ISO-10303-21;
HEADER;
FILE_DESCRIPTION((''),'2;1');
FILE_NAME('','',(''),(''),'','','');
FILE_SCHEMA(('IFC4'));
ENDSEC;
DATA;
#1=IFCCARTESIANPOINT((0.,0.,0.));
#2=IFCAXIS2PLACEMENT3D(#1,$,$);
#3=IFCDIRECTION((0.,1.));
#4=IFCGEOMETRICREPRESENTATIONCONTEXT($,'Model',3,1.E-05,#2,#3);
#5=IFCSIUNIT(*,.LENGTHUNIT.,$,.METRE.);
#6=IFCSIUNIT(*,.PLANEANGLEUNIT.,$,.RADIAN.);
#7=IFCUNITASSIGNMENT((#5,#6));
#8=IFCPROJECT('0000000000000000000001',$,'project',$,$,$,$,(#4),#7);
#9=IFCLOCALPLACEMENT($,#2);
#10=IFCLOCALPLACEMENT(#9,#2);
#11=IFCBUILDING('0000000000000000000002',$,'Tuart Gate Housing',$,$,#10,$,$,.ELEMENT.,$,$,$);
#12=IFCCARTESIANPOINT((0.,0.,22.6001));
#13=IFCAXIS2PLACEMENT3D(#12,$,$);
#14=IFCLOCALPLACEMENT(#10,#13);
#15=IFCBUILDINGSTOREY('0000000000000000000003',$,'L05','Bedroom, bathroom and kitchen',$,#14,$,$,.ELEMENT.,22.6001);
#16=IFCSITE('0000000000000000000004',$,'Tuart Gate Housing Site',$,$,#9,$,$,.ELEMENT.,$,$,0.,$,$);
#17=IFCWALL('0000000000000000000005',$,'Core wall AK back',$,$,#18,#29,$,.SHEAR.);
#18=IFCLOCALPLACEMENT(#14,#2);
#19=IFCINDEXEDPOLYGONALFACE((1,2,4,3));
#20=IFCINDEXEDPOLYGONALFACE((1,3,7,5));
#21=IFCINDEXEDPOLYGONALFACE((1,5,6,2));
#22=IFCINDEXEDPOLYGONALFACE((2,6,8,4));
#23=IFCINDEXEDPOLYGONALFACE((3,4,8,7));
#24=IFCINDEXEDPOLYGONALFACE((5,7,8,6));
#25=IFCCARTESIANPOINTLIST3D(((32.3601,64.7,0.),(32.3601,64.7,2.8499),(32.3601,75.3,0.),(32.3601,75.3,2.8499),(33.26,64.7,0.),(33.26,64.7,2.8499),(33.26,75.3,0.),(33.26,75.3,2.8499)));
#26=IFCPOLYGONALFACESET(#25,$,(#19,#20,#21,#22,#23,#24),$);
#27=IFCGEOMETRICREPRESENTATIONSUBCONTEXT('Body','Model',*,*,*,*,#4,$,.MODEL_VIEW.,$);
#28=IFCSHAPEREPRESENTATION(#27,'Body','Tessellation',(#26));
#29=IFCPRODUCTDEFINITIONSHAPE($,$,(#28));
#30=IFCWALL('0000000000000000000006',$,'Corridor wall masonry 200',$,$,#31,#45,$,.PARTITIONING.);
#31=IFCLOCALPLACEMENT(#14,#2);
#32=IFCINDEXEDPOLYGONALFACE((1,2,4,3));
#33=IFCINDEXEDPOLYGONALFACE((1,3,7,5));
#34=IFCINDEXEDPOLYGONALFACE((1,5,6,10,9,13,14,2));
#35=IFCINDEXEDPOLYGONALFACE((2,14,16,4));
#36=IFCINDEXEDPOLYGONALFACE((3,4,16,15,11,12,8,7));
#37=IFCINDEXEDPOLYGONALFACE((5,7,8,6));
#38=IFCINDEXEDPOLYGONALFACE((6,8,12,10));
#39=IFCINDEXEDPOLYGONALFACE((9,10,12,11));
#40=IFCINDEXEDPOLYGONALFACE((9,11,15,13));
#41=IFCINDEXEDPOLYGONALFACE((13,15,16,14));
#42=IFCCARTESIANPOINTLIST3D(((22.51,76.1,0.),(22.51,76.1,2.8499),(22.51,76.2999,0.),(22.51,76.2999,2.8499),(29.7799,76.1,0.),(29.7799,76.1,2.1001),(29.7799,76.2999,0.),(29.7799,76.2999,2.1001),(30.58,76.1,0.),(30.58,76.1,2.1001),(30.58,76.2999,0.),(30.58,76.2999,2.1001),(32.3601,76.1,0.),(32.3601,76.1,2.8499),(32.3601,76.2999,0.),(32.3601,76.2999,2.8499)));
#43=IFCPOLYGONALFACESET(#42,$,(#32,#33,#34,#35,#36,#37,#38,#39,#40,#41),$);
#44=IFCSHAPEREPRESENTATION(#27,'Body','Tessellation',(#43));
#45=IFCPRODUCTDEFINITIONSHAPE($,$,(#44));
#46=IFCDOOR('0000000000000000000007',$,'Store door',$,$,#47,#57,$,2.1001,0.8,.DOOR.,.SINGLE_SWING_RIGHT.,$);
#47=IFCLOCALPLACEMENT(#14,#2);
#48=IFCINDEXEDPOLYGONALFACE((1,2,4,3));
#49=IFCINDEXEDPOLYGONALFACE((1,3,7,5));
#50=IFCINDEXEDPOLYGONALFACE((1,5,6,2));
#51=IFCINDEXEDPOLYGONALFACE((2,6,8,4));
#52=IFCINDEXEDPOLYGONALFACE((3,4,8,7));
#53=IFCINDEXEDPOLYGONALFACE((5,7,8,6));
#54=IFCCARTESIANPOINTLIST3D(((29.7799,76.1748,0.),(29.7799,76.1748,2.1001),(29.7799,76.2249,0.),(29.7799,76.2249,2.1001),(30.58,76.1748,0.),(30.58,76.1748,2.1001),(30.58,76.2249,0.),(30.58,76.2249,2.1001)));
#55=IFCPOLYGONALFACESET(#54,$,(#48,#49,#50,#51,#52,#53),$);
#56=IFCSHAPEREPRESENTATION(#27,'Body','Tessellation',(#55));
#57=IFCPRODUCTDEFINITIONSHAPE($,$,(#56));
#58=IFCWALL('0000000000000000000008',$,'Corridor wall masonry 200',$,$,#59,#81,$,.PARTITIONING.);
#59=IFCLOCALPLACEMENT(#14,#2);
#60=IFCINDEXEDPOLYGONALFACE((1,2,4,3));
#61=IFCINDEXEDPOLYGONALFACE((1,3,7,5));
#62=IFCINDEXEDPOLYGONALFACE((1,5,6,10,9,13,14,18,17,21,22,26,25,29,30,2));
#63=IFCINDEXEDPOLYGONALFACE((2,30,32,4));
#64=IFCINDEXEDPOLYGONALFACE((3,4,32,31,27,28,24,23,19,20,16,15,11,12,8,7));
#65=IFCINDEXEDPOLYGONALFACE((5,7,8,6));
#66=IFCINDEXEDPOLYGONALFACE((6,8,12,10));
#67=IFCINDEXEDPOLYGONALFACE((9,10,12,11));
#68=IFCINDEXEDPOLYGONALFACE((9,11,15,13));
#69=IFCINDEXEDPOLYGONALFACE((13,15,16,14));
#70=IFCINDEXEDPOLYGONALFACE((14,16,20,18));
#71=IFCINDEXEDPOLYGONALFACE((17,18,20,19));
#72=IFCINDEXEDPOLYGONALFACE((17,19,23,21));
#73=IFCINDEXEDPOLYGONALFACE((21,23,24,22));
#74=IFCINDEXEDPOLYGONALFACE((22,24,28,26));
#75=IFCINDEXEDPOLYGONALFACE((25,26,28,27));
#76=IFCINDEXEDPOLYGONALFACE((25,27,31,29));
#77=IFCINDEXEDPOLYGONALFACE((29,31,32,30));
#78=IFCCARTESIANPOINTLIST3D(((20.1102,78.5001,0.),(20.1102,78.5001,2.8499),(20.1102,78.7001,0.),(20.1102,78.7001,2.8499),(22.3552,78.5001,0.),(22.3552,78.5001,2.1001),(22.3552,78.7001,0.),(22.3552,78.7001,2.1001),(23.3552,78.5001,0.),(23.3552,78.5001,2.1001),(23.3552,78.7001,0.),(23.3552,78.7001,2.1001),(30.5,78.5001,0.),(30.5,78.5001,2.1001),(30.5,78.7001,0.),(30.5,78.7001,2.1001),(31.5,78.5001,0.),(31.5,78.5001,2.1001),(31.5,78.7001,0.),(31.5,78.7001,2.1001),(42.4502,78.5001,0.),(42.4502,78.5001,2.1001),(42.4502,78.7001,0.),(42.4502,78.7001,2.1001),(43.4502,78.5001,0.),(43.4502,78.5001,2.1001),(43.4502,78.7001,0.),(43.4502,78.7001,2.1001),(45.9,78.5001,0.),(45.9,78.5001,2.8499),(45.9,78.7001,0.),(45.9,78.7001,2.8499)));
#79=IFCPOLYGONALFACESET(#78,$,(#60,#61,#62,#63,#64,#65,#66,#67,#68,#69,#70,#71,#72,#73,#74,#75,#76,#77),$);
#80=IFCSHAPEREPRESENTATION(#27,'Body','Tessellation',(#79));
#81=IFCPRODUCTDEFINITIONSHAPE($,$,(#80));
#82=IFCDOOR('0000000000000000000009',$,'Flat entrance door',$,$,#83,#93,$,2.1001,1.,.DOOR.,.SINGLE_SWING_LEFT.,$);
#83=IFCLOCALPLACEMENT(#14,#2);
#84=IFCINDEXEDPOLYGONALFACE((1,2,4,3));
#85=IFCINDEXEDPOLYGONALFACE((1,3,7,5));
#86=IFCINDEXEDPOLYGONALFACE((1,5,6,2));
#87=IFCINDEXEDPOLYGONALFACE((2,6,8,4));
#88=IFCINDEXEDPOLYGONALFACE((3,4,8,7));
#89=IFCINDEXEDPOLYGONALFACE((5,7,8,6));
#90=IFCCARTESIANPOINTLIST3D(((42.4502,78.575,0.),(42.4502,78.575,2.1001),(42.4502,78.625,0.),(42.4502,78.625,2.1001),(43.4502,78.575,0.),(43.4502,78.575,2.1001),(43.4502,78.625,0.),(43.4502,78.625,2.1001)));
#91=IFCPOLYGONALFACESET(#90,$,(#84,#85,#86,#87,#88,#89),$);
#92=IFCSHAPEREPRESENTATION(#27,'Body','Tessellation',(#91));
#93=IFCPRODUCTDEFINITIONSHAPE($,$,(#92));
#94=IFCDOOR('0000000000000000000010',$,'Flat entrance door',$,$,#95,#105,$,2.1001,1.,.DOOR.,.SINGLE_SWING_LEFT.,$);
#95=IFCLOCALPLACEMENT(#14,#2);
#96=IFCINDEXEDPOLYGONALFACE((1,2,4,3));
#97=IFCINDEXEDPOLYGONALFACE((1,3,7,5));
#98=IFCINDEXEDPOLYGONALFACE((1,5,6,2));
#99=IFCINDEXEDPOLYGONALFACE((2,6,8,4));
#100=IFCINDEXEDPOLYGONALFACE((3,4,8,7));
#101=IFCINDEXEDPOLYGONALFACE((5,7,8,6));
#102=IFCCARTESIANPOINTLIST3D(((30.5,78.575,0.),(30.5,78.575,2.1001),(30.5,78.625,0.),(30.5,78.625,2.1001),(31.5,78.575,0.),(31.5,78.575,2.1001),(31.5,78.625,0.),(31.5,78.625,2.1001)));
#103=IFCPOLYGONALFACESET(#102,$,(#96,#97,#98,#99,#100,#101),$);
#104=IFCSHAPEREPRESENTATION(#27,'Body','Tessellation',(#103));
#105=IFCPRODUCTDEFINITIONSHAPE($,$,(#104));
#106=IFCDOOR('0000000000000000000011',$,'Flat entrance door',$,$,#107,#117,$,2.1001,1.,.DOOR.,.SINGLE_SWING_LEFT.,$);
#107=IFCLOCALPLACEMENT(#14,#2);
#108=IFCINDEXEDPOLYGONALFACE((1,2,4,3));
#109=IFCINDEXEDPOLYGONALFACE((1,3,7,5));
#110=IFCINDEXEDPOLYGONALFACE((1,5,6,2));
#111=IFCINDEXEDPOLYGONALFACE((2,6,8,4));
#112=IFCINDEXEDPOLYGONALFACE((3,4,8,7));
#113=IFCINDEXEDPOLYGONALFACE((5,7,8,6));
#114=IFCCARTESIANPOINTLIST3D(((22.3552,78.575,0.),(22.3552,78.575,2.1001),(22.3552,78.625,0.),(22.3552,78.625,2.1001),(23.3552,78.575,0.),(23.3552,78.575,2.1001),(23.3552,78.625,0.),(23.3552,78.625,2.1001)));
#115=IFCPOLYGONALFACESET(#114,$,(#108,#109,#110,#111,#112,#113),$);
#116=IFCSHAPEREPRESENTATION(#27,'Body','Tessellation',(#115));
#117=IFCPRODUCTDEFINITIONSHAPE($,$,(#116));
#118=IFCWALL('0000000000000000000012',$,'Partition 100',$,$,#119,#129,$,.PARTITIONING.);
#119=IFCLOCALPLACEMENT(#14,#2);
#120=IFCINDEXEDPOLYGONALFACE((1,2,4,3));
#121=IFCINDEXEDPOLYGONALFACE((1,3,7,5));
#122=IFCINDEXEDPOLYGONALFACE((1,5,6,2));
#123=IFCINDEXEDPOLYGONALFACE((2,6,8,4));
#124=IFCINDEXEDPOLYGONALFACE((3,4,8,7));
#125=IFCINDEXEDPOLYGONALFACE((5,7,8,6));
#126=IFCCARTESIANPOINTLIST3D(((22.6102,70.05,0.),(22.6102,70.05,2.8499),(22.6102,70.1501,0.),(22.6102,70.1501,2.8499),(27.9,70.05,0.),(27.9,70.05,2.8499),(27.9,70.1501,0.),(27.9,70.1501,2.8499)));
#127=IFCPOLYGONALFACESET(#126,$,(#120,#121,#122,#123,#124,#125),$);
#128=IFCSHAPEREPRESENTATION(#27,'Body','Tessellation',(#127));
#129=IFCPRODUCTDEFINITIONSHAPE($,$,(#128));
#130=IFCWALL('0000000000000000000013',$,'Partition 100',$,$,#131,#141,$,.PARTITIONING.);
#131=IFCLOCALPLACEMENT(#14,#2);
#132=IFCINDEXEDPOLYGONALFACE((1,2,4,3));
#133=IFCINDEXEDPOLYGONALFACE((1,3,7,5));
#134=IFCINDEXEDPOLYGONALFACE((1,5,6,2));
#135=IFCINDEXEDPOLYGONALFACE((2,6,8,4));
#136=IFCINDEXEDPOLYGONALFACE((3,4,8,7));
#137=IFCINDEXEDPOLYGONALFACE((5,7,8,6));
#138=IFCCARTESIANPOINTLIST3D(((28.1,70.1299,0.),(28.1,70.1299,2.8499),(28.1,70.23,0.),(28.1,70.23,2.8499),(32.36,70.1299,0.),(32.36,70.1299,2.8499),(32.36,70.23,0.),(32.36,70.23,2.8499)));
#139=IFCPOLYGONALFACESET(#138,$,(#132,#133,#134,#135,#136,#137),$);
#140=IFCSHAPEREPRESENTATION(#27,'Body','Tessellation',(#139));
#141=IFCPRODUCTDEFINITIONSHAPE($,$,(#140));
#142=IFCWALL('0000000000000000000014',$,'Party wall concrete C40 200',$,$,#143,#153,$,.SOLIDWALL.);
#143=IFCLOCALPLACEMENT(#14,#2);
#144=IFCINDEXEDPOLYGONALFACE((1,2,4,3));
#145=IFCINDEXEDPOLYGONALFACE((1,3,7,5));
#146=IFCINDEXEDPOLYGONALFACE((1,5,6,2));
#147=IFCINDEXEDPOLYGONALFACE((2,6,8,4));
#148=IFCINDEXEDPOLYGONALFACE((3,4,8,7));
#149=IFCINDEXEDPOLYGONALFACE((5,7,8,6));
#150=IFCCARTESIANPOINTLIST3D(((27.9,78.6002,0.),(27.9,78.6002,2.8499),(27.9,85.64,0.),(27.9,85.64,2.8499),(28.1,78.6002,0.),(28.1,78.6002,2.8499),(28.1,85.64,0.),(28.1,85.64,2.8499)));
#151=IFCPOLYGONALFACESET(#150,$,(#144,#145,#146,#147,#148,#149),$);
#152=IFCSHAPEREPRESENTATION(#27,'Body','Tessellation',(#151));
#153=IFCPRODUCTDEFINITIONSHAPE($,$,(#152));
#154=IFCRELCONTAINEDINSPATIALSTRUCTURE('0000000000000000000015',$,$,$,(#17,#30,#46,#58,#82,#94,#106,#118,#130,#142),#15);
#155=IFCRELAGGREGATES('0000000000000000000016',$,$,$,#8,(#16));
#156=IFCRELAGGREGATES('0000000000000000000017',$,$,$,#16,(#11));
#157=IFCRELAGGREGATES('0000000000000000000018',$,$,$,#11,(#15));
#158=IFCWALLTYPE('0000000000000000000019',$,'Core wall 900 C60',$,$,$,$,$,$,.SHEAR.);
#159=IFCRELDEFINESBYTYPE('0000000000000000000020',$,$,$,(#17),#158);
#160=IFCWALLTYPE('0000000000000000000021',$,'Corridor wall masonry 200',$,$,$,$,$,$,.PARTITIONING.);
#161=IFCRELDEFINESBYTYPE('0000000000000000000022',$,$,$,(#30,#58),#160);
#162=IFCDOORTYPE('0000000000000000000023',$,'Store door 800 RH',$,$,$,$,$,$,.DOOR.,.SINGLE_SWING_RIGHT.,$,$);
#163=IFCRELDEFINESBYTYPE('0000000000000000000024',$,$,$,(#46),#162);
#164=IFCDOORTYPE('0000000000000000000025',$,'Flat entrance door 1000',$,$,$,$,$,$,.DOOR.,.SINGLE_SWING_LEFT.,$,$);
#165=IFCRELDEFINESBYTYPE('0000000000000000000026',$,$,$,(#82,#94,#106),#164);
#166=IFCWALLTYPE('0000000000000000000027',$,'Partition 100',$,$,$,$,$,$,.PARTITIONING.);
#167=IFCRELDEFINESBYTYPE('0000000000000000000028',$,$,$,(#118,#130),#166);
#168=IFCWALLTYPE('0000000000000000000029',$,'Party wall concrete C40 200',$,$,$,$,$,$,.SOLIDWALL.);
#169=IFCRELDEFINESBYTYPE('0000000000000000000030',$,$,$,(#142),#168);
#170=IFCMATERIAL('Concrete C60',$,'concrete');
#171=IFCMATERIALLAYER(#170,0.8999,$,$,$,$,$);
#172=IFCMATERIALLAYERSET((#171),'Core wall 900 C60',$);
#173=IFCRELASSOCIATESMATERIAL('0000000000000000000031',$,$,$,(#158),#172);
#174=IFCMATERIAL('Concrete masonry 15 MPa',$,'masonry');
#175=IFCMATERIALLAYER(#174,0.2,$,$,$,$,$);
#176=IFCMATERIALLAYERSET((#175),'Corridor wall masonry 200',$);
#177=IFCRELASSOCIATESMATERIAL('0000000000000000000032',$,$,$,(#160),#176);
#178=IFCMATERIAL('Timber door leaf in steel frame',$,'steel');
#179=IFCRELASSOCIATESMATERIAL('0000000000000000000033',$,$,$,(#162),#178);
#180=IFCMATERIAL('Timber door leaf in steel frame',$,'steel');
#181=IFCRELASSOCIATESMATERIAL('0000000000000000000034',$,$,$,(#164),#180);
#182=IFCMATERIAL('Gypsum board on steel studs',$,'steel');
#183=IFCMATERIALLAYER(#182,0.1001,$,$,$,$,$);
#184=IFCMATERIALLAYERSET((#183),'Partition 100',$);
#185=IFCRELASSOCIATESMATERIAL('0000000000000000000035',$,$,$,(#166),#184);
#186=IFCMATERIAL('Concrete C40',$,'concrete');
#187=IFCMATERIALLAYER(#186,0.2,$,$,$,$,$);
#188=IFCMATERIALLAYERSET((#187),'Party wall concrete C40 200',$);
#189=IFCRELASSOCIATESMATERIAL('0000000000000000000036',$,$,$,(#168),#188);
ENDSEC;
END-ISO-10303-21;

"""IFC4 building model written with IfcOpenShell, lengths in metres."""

from ifc_helpers import new_model, si_unit, direction, frame, frame_2d, origin, place, context, subcontext, project, spatial, rectangle, extrude, material, layer, layer_set, type_object, element, fill, save


model = new_model("IFC4")

# Units and contexts
model_context = context("Model", 3, precision=1e-05, world=origin(), true_north=direction((0.0, 1.0)))
body_context = subcontext(model_context, "Body", "Model", "MODEL_VIEW")
ifc_project = project(units=[si_unit("LENGTHUNIT", "METRE"), si_unit("PLANEANGLEUNIT", "RADIAN")], contexts=[model_context])

# Site, building, storey
site_placement = place(None, origin())
site = spatial("IfcSite", under=ifc_project, at=site_placement, Name="Tuart Gate Housing Site", CompositionType="ELEMENT", RefElevation=0.0)
building_placement = place(site_placement, origin())
building = spatial("IfcBuilding", under=site, at=building_placement, Name="Tuart Gate Housing", CompositionType="ELEMENT")
storey_placement = place(building_placement, frame((0.0, 0.0, 22.6001)))
storey = spatial("IfcBuildingStorey", under=building, at=storey_placement, Name="L05", Description="Bedroom, bathroom and kitchen", CompositionType="ELEMENT", Elevation=22.6001)

# Wall
ifc_material_1 = material(Name="Concrete C60", Category="concrete")
ifc_layer_1 = layer(ifc_material_1, 0.8999)
ifc_layer_set_1 = layer_set([ifc_layer_1], Name="Core wall 900 C60")
wall_type_1 = type_object("IfcWallType", Name="Core wall 900 C60", PredefinedType="SHEAR", material=ifc_layer_set_1)
wall_1_placement = place(storey_placement, frame((32.8101, 75.3, 0.0), z_axis=(0.0, 0.0, 1.0), x_axis=(0.0, -1.0, 0.0)))
element("IfcWall", 1, at=wall_1_placement, inside=storey, type_object=wall_type_1, Name="Core wall AK back", PredefinedType="SHEAR", context=body_context, shape_type="SweptSolid", body=[
    extrude(rectangle(XDim=10.6001, YDim=0.8999, at=frame_2d((5.3, 0.0))), origin(), (0.0, 0.0, 1.0), 2.8499),
])

# Wall, opening, door
ifc_material_2 = material(Name="Concrete masonry 15 MPa", Category="masonry")
ifc_layer_2 = layer(ifc_material_2, 0.2)
ifc_layer_set_2 = layer_set([ifc_layer_2], Name="Corridor wall masonry 200")
wall_type_2 = type_object("IfcWallType", Name="Corridor wall masonry 200", PredefinedType="PARTITIONING", material=ifc_layer_set_2)
wall_2_placement = place(storey_placement, frame((22.51, 76.2, 0.0), z_axis=(0.0, 0.0, 1.0), x_axis=(1.0, 0.0, 0.0)))
wall_2 = element("IfcWall", 2, at=wall_2_placement, inside=storey, type_object=wall_type_2, Name="Corridor wall masonry 200", PredefinedType="PARTITIONING", context=body_context, shape_type="SweptSolid", body=[
    extrude(rectangle(XDim=9.8501, YDim=0.2, at=frame_2d((4.925, 0.0))), origin(), (0.0, 0.0, 1.0), 2.8499),
])
opening_1_placement = place(wall_2_placement, frame((7.27, 0.0, 0.0)))
opening_1 = element("IfcOpeningElement", 3, at=opening_1_placement, cuts=wall_2, PredefinedType="OPENING", context=body_context, shape_type="SweptSolid", body=[
    extrude(rectangle(XDim=0.8, YDim=2.1001, at=frame_2d((0.3999, 1.05))), frame((0.0, 0.1099, 0.0), z_axis=(0.0, -1.0, 0.0), x_axis=(1.0, 0.0, 0.0)), (0.0, 0.0, 1.0), 0.22),
])
ifc_material_3 = material(Name="Timber door leaf in steel frame", Category="steel")
door_type_1 = type_object("IfcDoorType", Name="Store door 800 RH", OperationType="SINGLE_SWING_RIGHT", PredefinedType="DOOR", material=ifc_material_3)
door_1_placement = place(opening_1_placement, frame((0.8, 0.0, 0.0), z_axis=(0.0, 0.0, 1.0), x_axis=(-1.0, 0.0, 0.0)))
door_1 = element("IfcDoor", 4, at=door_1_placement, inside=storey, type_object=door_type_1, Name="Store door", OperationType="SINGLE_SWING_RIGHT", OverallHeight=2.1001, OverallWidth=0.8, PredefinedType="DOOR", context=body_context, shape_type="SweptSolid", body=[
    extrude(rectangle(XDim=0.8, YDim=2.1001, at=frame_2d((0.4001, 1.05))), frame((0.0, 0.0251, 0.0), z_axis=(0.0, -1.0, 0.0), x_axis=(1.0, 0.0, 0.0)), (0.0, 0.0, 1.0), 0.05),
])
fill(opening_1, door_1)

# Wall, openings, doors
wall_3_placement = place(storey_placement, frame((20.1101, 78.6001, 0.0), z_axis=(0.0, 0.0, 1.0), x_axis=(1.0, 0.0, 0.0)))
wall_3 = element("IfcWall", 5, at=wall_3_placement, inside=storey, type_object=wall_type_2, Name="Corridor wall masonry 200", PredefinedType="PARTITIONING", context=body_context, shape_type="SweptSolid", body=[
    extrude(rectangle(XDim=25.7898, YDim=0.2, at=frame_2d((12.895, 0.0))), origin(), (0.0, 0.0, 1.0), 2.8499),
])
opening_2_placement = place(wall_3_placement, frame((22.3401, 0.0, 0.0)))
opening_2 = element("IfcOpeningElement", 6, at=opening_2_placement, cuts=wall_3, PredefinedType="OPENING", context=body_context, shape_type="SweptSolid", body=[
    extrude(rectangle(XDim=1.0, YDim=2.1001, at=frame_2d((0.5, 1.05))), frame((0.0, 0.1099, 0.0), z_axis=(0.0, -1.0, 0.0), x_axis=(1.0, 0.0, 0.0)), (0.0, 0.0, 1.0), 0.22),
])
opening_3_placement = place(wall_3_placement, frame((10.3899, 0.0, 0.0)))
opening_3 = element("IfcOpeningElement", 7, at=opening_3_placement, cuts=wall_3, PredefinedType="OPENING", context=body_context, shape_type="SweptSolid", body=[
    extrude(rectangle(XDim=1.0, YDim=2.1001, at=frame_2d((0.5, 1.05))), frame((0.0, 0.1099, 0.0), z_axis=(0.0, -1.0, 0.0), x_axis=(1.0, 0.0, 0.0)), (0.0, 0.0, 1.0), 0.22),
])
opening_4_placement = place(wall_3_placement, frame((2.2451, 0.0, 0.0)))
opening_4 = element("IfcOpeningElement", 8, at=opening_4_placement, cuts=wall_3, PredefinedType="OPENING", context=body_context, shape_type="SweptSolid", body=[
    extrude(rectangle(XDim=1.0, YDim=2.1001, at=frame_2d((0.5, 1.05))), frame((0.0, 0.1099, 0.0), z_axis=(0.0, -1.0, 0.0), x_axis=(1.0, 0.0, 0.0)), (0.0, 0.0, 1.0), 0.22),
])
ifc_material_4 = material(Name="Timber door leaf in steel frame", Category="steel")
door_type_2 = type_object("IfcDoorType", Name="Flat entrance door 1000", OperationType="SINGLE_SWING_LEFT", PredefinedType="DOOR", material=ifc_material_4)
door_2_placement = place(opening_2_placement, origin())
door_2 = element("IfcDoor", 9, at=door_2_placement, inside=storey, type_object=door_type_2, Name="Flat entrance door", OperationType="SINGLE_SWING_LEFT", OverallHeight=2.1001, OverallWidth=1.0, PredefinedType="DOOR", context=body_context, shape_type="SweptSolid", body=[
    extrude(rectangle(XDim=1.0, YDim=2.1001, at=frame_2d((0.5, 1.05))), frame((0.0, 0.0249, 0.0), z_axis=(0.0, -1.0, 0.0), x_axis=(1.0, 0.0, 0.0)), (0.0, 0.0, 1.0), 0.05),
])
fill(opening_2, door_2)
door_3_placement = place(opening_3_placement, origin())
door_3 = element("IfcDoor", 10, at=door_3_placement, inside=storey, type_object=door_type_2, Name="Flat entrance door", OperationType="SINGLE_SWING_LEFT", OverallHeight=2.1001, OverallWidth=1.0, PredefinedType="DOOR", context=body_context, shape_type="SweptSolid", body=[
    extrude(rectangle(XDim=1.0, YDim=2.1001, at=frame_2d((0.5, 1.05))), frame((0.0, 0.0249, 0.0), z_axis=(0.0, -1.0, 0.0), x_axis=(1.0, 0.0, 0.0)), (0.0, 0.0, 1.0), 0.05),
])
fill(opening_3, door_3)
door_4_placement = place(opening_4_placement, origin())
door_4 = element("IfcDoor", 11, at=door_4_placement, inside=storey, type_object=door_type_2, Name="Flat entrance door", OperationType="SINGLE_SWING_LEFT", OverallHeight=2.1001, OverallWidth=1.0, PredefinedType="DOOR", context=body_context, shape_type="SweptSolid", body=[
    extrude(rectangle(XDim=1.0, YDim=2.1001, at=frame_2d((0.5, 1.05))), frame((0.0, 0.0249, 0.0), z_axis=(0.0, -1.0, 0.0), x_axis=(1.0, 0.0, 0.0)), (0.0, 0.0, 1.0), 0.05),
])
fill(opening_4, door_4)

# Walls
ifc_material_5 = material(Name="Gypsum board on steel studs", Category="steel")
ifc_layer_3 = layer(ifc_material_5, 0.1001)
ifc_layer_set_3 = layer_set([ifc_layer_3], Name="Partition 100")
wall_type_3 = type_object("IfcWallType", Name="Partition 100", PredefinedType="PARTITIONING", material=ifc_layer_set_3)
wall_4_placement = place(storey_placement, frame((22.6101, 70.1001, 0.0), z_axis=(0.0, 0.0, 1.0), x_axis=(1.0, 0.0, 0.0)))
element("IfcWall", 12, at=wall_4_placement, inside=storey, type_object=wall_type_3, Name="Partition 100", PredefinedType="PARTITIONING", context=body_context, shape_type="SweptSolid", body=[
    extrude(rectangle(XDim=5.2898, YDim=0.1001, at=frame_2d((2.645, 0.0))), origin(), (0.0, 0.0, 1.0), 2.8499),
])
wall_5_placement = place(storey_placement, frame((28.1001, 70.1799, 0.0), z_axis=(0.0, 0.0, 1.0), x_axis=(1.0, 0.0, 0.0)))
element("IfcWall", 13, at=wall_5_placement, inside=storey, type_object=wall_type_3, Name="Partition 100", PredefinedType="PARTITIONING", context=body_context, shape_type="SweptSolid", body=[
    extrude(rectangle(XDim=4.26, YDim=0.1001, at=frame_2d((2.1299, 0.0))), origin(), (0.0, 0.0, 1.0), 2.8499),
])
ifc_material_6 = material(Name="Concrete C40", Category="concrete")
ifc_layer_4 = layer(ifc_material_6, 0.2)
ifc_layer_set_4 = layer_set([ifc_layer_4], Name="Party wall concrete C40 200")
wall_type_4 = type_object("IfcWallType", Name="Party wall concrete C40 200", PredefinedType="SOLIDWALL", material=ifc_layer_set_4)
wall_6_placement = place(storey_placement, frame((28.0, 78.6001, 0.0), z_axis=(0.0, 0.0, 1.0), x_axis=(0.0, 1.0, 0.0)))
element("IfcWall", 14, at=wall_6_placement, inside=storey, type_object=wall_type_4, Name="Party wall concrete C40 200", PredefinedType="SOLIDWALL", context=body_context, shape_type="SweptSolid", body=[
    extrude(rectangle(XDim=7.0398, YDim=0.2, at=frame_2d((3.52, 0.0))), origin(), (0.0, 0.0, 1.0), 2.8499),
])

save(model, "model.ifc")
